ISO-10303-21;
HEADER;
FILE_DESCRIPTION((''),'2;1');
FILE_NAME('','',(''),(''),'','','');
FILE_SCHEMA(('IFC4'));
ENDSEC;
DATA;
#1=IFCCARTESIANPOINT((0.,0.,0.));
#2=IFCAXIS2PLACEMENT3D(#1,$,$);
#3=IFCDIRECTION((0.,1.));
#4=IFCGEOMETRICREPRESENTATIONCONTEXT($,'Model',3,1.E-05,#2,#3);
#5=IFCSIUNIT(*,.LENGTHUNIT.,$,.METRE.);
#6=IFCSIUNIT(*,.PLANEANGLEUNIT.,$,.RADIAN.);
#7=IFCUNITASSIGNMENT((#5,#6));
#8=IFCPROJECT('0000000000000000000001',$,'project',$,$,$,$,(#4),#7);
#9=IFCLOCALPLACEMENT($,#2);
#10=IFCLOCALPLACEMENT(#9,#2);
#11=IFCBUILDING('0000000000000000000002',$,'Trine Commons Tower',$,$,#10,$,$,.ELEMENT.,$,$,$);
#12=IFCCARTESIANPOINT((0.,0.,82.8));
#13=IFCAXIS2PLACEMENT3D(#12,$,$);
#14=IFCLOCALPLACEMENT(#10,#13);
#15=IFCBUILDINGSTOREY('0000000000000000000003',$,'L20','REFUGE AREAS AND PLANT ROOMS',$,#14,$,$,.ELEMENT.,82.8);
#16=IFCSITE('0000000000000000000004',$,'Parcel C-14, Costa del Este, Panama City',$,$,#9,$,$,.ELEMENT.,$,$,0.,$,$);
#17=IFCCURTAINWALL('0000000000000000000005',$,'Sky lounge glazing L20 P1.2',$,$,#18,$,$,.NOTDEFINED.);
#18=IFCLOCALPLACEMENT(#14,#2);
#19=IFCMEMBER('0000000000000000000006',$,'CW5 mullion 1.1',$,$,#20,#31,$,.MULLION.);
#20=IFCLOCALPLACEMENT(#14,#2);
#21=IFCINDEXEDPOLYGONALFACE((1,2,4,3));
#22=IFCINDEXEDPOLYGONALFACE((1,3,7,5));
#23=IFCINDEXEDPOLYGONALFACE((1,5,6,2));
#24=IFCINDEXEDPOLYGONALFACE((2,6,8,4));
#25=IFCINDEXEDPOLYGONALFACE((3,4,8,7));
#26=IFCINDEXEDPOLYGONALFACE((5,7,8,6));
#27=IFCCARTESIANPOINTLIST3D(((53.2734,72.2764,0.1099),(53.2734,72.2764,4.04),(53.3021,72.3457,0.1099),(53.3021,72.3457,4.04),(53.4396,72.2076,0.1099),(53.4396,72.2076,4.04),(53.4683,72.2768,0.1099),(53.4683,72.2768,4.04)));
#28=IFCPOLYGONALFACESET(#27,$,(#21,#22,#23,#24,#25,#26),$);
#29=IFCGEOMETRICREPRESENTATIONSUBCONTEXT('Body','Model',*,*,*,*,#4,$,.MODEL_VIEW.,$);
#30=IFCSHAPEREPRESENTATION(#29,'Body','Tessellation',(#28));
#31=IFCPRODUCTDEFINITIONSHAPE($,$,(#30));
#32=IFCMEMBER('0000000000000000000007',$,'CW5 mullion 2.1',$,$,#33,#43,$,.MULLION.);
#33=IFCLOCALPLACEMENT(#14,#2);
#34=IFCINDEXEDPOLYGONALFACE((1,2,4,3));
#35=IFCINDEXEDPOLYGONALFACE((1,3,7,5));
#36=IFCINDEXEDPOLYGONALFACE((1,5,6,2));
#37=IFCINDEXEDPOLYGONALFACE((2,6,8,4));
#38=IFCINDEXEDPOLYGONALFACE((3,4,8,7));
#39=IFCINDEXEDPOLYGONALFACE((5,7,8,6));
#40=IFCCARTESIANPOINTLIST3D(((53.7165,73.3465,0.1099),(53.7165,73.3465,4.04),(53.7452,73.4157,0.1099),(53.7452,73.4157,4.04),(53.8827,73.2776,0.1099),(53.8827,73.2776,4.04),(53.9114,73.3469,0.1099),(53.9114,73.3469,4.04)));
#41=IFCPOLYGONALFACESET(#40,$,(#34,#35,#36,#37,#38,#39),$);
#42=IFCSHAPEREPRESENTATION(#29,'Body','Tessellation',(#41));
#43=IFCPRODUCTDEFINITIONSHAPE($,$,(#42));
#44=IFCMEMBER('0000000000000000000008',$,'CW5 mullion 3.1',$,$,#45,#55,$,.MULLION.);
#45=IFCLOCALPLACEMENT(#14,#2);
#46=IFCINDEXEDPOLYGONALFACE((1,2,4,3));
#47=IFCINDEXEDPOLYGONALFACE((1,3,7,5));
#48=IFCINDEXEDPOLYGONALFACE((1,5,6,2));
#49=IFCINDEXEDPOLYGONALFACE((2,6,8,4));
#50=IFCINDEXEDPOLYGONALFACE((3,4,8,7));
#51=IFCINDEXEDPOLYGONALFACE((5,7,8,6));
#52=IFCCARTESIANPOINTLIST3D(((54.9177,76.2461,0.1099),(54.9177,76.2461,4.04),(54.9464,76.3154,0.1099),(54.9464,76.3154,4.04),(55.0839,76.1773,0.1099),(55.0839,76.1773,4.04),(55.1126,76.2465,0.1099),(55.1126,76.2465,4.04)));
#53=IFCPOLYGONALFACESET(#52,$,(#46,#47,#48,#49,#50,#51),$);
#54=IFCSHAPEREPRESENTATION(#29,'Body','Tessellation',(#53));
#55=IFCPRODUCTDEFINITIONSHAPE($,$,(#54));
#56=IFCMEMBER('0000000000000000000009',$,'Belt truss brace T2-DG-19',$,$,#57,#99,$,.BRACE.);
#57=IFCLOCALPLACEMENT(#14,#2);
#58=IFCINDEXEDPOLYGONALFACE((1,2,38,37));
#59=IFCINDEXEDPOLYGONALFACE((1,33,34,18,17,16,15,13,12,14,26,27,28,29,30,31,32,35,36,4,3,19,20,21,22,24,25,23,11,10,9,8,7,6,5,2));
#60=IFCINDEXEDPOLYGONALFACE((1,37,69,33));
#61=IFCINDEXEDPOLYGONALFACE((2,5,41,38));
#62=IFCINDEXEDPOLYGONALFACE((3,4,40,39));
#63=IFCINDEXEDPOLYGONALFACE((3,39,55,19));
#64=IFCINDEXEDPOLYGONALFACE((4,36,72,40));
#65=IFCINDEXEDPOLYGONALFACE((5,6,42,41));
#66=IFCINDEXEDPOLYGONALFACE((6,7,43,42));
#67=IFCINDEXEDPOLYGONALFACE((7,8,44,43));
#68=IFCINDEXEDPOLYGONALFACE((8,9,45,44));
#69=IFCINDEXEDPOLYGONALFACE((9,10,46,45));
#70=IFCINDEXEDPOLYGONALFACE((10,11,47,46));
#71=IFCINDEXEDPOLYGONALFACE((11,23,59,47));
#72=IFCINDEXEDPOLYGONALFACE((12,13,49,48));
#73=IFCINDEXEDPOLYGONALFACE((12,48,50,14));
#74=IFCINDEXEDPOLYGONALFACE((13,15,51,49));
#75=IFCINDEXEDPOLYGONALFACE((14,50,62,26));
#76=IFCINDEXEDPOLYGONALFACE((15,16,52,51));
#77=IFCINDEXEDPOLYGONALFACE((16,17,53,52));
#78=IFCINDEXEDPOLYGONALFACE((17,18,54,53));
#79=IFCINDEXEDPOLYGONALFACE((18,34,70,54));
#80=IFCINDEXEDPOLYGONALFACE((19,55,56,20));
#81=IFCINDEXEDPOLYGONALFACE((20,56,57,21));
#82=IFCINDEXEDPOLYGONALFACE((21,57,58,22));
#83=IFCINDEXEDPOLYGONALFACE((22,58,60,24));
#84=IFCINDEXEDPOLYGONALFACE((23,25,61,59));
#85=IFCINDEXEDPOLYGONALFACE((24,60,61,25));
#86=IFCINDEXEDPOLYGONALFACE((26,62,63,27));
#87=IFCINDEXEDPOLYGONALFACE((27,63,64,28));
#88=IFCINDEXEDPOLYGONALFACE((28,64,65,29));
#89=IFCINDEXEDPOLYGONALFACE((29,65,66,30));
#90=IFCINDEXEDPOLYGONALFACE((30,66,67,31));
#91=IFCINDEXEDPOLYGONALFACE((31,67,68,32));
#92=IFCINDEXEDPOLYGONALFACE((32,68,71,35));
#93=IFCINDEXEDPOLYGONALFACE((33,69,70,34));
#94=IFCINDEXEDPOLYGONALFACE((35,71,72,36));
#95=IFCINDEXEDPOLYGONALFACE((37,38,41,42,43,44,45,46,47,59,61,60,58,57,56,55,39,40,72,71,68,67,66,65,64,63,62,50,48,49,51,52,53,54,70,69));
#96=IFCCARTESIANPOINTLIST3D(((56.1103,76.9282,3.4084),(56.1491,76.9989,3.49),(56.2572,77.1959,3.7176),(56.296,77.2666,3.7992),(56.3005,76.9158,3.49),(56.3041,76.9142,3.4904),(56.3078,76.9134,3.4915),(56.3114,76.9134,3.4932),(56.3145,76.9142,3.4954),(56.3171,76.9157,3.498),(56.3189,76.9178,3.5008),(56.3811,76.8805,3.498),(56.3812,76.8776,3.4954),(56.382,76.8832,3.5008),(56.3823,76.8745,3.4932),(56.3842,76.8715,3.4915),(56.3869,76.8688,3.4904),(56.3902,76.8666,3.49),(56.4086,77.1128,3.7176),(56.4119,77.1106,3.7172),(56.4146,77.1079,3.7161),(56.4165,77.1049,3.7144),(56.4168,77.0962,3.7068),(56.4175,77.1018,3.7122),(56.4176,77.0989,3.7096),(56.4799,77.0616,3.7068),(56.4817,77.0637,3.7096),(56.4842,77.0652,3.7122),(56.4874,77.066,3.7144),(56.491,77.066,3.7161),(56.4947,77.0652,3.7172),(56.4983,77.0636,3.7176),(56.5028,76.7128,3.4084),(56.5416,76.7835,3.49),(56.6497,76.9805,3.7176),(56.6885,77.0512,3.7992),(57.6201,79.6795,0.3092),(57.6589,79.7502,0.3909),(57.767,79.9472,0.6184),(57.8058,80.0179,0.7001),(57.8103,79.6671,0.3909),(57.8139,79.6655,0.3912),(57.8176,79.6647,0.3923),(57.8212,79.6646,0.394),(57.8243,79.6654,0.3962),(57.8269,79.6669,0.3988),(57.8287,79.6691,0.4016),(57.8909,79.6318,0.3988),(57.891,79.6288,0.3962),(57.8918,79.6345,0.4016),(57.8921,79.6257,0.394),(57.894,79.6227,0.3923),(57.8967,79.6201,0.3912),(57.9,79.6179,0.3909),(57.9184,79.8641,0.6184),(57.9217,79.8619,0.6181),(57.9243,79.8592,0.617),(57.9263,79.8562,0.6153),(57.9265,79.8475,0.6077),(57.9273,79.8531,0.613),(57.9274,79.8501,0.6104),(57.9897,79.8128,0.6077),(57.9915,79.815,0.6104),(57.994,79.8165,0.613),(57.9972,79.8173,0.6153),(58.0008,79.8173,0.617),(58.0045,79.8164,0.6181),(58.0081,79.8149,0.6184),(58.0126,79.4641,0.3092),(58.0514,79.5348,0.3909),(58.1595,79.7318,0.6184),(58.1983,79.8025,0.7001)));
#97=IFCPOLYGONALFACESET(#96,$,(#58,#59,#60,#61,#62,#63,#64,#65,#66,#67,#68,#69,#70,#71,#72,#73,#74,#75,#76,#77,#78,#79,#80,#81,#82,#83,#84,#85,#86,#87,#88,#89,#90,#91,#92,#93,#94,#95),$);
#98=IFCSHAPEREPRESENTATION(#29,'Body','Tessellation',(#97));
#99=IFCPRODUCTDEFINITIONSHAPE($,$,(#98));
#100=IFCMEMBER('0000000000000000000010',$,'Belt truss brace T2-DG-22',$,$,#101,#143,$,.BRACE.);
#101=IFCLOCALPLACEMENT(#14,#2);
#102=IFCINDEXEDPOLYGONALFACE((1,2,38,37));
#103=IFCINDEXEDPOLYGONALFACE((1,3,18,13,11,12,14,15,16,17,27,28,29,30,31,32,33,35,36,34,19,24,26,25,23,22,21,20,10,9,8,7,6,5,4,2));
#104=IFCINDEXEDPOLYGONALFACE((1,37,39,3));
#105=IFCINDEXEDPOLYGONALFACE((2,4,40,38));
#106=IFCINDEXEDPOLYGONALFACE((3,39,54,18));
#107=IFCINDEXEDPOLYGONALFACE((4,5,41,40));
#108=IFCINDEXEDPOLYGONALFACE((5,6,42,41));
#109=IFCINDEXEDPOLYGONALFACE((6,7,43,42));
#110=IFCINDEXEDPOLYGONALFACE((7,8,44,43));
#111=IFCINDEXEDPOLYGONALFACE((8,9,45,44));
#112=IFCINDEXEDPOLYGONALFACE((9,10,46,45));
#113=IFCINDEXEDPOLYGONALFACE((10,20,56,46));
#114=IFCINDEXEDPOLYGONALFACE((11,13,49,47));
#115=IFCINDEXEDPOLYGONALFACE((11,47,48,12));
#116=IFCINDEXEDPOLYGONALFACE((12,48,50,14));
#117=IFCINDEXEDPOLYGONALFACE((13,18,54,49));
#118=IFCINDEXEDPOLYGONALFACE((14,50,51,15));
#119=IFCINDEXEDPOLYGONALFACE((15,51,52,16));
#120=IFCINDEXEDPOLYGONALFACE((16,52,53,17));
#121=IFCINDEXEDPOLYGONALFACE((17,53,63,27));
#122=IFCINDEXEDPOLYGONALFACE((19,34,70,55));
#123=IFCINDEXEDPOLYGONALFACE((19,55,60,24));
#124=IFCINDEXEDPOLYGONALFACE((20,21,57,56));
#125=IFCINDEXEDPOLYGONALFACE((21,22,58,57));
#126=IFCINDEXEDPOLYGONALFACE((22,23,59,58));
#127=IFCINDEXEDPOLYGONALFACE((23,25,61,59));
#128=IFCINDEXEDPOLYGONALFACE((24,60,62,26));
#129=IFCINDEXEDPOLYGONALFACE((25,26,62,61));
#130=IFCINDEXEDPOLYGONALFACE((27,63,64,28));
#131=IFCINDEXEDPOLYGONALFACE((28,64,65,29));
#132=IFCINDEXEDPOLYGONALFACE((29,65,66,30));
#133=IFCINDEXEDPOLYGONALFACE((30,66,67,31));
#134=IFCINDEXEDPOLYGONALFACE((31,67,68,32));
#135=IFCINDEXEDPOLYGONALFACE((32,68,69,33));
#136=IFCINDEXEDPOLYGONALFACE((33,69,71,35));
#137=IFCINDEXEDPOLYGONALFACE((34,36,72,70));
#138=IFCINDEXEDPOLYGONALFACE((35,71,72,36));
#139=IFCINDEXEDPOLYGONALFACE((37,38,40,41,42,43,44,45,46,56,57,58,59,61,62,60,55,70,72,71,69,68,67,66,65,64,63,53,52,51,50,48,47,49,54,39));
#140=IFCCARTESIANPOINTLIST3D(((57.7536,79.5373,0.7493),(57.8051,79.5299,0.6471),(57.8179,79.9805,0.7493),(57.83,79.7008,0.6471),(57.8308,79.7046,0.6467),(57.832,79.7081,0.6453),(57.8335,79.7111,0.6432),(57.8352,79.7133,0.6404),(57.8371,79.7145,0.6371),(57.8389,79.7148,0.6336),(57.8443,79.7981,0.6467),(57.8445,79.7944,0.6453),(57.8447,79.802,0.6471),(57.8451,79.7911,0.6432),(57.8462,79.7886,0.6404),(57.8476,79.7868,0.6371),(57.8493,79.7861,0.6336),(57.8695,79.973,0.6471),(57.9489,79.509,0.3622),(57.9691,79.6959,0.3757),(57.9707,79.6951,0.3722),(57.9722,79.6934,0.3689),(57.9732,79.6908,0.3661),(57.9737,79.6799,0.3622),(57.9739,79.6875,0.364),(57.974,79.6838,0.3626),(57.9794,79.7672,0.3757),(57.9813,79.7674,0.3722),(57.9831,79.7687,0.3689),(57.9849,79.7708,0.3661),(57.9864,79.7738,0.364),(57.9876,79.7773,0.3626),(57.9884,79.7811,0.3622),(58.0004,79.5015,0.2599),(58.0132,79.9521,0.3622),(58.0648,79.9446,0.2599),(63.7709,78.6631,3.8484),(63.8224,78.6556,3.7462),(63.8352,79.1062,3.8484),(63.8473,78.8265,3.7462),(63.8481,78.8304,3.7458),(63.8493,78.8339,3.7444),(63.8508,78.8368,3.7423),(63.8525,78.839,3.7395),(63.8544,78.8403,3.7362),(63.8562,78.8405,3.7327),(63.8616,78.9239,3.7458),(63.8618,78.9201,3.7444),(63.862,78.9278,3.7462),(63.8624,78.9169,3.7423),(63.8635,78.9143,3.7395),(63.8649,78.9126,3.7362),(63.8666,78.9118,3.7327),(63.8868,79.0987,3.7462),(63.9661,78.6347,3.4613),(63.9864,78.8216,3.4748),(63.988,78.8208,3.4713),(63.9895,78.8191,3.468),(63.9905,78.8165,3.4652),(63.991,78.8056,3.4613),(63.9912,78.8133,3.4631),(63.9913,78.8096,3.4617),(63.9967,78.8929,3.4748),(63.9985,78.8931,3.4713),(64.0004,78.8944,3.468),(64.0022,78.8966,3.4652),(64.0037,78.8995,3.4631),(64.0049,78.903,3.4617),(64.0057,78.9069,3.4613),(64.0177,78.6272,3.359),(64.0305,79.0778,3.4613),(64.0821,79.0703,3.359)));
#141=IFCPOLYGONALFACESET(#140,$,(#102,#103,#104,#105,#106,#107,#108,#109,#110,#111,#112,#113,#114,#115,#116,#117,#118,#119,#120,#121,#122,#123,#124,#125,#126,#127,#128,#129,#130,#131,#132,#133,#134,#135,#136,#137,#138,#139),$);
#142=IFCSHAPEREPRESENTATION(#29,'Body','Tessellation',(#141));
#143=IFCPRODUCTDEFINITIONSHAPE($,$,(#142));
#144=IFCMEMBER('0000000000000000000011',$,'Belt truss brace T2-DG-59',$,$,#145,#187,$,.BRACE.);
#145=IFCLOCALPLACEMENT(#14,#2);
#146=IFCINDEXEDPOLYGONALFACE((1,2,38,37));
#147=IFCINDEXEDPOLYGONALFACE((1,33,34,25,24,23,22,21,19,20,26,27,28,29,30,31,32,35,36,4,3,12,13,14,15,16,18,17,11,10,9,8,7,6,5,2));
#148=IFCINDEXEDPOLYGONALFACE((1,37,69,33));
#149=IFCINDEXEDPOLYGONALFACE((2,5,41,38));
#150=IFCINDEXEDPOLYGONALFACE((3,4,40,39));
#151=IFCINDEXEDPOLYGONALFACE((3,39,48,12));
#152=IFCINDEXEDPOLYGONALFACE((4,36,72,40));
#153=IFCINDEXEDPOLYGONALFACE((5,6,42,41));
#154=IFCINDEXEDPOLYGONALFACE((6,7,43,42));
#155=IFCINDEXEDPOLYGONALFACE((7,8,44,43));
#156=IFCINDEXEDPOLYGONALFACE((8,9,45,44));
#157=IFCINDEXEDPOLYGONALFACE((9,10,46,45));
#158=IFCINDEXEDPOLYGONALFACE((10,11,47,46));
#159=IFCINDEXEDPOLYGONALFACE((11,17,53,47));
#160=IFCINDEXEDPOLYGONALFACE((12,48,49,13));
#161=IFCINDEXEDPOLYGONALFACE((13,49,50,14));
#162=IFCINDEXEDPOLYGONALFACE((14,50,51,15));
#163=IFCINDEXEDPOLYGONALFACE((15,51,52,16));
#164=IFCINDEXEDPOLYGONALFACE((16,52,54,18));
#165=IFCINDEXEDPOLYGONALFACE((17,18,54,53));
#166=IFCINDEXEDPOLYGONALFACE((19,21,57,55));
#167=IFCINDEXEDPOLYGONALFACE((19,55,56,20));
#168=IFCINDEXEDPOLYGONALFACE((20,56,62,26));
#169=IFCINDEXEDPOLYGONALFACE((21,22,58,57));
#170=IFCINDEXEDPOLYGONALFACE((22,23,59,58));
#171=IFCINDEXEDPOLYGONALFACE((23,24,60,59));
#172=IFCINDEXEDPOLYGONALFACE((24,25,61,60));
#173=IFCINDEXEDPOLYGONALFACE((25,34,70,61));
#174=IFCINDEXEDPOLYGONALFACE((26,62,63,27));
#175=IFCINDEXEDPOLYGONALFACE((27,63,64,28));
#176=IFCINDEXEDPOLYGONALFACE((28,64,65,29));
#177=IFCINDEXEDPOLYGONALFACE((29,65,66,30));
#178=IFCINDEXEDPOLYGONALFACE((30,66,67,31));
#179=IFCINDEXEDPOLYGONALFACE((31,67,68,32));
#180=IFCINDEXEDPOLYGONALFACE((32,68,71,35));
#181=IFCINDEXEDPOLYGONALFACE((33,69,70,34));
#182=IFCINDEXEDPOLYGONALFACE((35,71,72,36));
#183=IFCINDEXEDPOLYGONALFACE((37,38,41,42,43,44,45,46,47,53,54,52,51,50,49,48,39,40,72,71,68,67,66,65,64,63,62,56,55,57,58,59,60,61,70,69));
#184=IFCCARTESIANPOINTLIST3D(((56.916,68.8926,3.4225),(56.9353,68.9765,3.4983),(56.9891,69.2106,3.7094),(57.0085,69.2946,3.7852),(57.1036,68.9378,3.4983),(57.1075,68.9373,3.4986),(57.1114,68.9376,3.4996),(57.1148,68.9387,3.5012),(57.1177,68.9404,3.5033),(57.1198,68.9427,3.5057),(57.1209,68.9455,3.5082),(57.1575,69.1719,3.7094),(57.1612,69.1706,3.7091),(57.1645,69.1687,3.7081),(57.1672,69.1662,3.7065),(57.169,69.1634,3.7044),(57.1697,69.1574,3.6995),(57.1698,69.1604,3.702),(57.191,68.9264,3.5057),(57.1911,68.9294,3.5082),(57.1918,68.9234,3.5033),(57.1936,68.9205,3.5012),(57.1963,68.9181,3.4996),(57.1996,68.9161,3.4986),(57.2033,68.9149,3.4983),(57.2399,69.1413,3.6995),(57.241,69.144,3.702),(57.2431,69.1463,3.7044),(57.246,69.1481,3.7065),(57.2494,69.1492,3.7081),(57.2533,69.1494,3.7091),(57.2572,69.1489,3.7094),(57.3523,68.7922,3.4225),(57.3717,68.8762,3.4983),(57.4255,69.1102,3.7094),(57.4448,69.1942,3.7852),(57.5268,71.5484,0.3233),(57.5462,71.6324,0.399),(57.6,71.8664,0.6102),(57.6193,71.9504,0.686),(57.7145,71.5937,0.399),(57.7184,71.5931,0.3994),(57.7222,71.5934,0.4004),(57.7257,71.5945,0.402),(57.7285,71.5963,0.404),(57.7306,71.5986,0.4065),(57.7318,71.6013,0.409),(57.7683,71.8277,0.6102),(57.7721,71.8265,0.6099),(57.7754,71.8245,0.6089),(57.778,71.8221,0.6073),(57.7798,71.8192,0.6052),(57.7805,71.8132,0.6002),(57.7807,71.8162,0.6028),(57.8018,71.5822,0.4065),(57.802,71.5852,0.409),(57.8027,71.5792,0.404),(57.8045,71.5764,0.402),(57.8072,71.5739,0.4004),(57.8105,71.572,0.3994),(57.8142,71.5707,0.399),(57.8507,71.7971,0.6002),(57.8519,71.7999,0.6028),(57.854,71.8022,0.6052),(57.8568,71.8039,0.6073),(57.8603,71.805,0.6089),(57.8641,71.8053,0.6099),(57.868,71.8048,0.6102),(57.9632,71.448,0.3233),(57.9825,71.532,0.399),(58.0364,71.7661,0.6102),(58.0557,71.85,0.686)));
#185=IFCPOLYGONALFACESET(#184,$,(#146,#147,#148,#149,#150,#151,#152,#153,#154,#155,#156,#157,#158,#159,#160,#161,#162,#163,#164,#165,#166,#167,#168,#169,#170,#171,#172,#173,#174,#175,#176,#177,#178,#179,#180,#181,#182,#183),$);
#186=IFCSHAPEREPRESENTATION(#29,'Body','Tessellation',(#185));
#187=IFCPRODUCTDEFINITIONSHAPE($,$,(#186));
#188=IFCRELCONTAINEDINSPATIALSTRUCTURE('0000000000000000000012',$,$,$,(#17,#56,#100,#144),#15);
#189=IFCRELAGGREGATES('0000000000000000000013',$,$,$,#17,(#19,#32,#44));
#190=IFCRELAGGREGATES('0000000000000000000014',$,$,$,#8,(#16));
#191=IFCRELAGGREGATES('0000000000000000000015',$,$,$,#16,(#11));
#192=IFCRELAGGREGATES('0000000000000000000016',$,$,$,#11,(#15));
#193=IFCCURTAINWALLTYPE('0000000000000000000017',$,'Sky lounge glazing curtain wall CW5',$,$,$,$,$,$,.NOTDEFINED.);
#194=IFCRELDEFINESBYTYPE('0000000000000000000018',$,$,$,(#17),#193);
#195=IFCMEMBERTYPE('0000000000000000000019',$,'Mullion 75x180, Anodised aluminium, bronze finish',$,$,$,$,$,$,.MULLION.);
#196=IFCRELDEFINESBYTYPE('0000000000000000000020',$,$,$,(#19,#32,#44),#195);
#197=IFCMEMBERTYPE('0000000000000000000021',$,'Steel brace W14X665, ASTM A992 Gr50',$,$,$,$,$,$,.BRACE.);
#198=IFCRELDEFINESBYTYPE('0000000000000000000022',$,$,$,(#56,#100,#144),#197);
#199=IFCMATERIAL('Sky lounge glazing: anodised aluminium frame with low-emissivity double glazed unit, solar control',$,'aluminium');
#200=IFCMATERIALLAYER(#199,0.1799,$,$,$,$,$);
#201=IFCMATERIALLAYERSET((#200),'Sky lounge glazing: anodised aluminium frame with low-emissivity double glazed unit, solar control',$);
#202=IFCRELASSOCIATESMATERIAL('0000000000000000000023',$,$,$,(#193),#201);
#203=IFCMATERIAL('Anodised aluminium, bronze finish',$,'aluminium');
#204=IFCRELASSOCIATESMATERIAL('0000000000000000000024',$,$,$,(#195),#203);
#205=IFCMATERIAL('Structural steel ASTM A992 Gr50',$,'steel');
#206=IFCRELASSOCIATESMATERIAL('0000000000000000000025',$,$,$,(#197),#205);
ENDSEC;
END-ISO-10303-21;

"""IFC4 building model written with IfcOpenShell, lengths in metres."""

from ifc_helpers import new_model, si_unit, direction, frame, origin, origin_2d, place, context, subcontext, project, spatial, rectangle, i_section, extrude, material, layer, layer_set, material_profile, profile_set, type_object, element, aggregate, save


model = new_model("IFC4")

# Units and contexts
model_context = context("Model", 3, precision=1e-05, world=origin(), true_north=direction((0.0, 1.0)))
body_context = subcontext(model_context, "Body", "Model", "MODEL_VIEW")
ifc_project = project(units=[si_unit("LENGTHUNIT", "METRE"), si_unit("PLANEANGLEUNIT", "RADIAN")], contexts=[model_context])

# Site, building, storey
site_placement = place(None, origin())
site = spatial("IfcSite", under=ifc_project, at=site_placement, Name="Parcel C-14, Costa del Este, Panama City", CompositionType="ELEMENT", RefElevation=0.0)
building_placement = place(site_placement, origin())
building = spatial("IfcBuilding", under=site, at=building_placement, Name="Trine Commons Tower", CompositionType="ELEMENT")
storey_placement = place(building_placement, frame((0.0, 0.0, 82.8)))
storey = spatial("IfcBuildingStorey", under=building, at=storey_placement, Name="L20", Description="REFUGE AREAS AND PLANT ROOMS", CompositionType="ELEMENT", Elevation=82.8)

# Curtain wall, members
ifc_material_1 = material(Name="Sky lounge glazing: anodised aluminium frame with low-emissivity double glazed unit, solar control", Category="aluminium")
ifc_layer_1 = layer(ifc_material_1, 0.1799)
ifc_layer_set_1 = layer_set([ifc_layer_1], Name="Sky lounge glazing: anodised aluminium frame with low-emissivity double glazed unit, solar control")
curtain_wall_type = type_object("IfcCurtainWallType", Name="Sky lounge glazing curtain wall CW5", PredefinedType="NOTDEFINED", material=ifc_layer_set_1)
curtain_wall_placement = place(storey_placement, origin())
curtain_wall = element("IfcCurtainWall", 1, at=curtain_wall_placement, inside=storey, type_object=curtain_wall_type, Name="Sky lounge glazing L20 P1.2", PredefinedType="NOTDEFINED")
ifc_material_2 = material(Name="Anodised aluminium, bronze finish", Category="aluminium")
ifc_material_profile_1 = material_profile(ifc_material_2, rectangle(XDim=0.1799, YDim=0.075, at=origin_2d()), Name="Mullion 75x180")
ifc_profile_set_1 = profile_set([ifc_material_profile_1], Name="Anodised aluminium, bronze finish")
member_type_1 = type_object("IfcMemberType", Name="Mullion 75x180, Anodised aluminium, bronze finish", PredefinedType="MULLION", material=ifc_profile_set_1)
member_1_placement = place(storey_placement, frame((53.3708, 72.2766, 0.1099), z_axis=(0.0, 0.0, 1.0), x_axis=(-0.92388, 0.382683, 0.0)))
member_1 = element("IfcMember", 2, at=member_1_placement, type_object=member_type_1, Name="CW5 mullion 1.1", PredefinedType="MULLION", context=body_context, shape_type="SweptSolid", body=[
    extrude(rectangle(XDim=0.1799, YDim=0.075, at=origin_2d()), origin(), (0.0, 0.0, 1.0), 3.9302),
])
member_2_placement = place(storey_placement, frame((53.814, 73.3467, 0.1099), z_axis=(0.0, 0.0, 1.0), x_axis=(-0.92388, 0.382683, 0.0)))
member_2 = element("IfcMember", 3, at=member_2_placement, type_object=member_type_1, Name="CW5 mullion 2.1", PredefinedType="MULLION", context=body_context, shape_type="SweptSolid", body=[
    extrude(rectangle(XDim=0.1799, YDim=0.075, at=origin_2d()), origin(), (0.0, 0.0, 1.0), 3.9302),
])
member_3_placement = place(storey_placement, frame((55.0151, 76.2463, 0.1099), z_axis=(0.0, 0.0, 1.0), x_axis=(-0.92388, 0.382683, 0.0)))
member_3 = element("IfcMember", 4, at=member_3_placement, type_object=member_type_1, Name="CW5 mullion 3.1", PredefinedType="MULLION", context=body_context, shape_type="SweptSolid", body=[
    extrude(rectangle(XDim=0.1799, YDim=0.075, at=origin_2d()), origin(), (0.0, 0.0, 1.0), 3.9302),
])

# Members
ifc_material_3 = material(Name="Structural steel ASTM A992 Gr50", Category="steel")
ifc_material_profile_2 = material_profile(ifc_material_3, i_section(OverallWidth=0.4478, OverallDepth=0.5493, WebThickness=0.072, FlangeThickness=0.1147, FilletRadius=0.0151, at=origin_2d()), Name="W14X665")
ifc_profile_set_2 = profile_set([ifc_material_profile_2], Name="Structural steel ASTM A992 Gr50")
member_type_2 = type_object("IfcMemberType", Name="Steel brace W14X665, ASTM A992 Gr50", PredefinedType="BRACE", material=ifc_profile_set_2)
member_4_placement = place(storey_placement, frame((57.9092, 79.741, 0.5046), z_axis=(-0.342306, -0.623778, 0.702657), x_axis=(0.876674, -0.481085, 0.0)))
element("IfcMember", 5, at=member_4_placement, inside=storey, type_object=member_type_2, Name="Belt truss brace T2-DG-19", PredefinedType="BRACE", context=body_context, shape_type="SweptSolid", body=[
    extrude(i_section(OverallWidth=0.4478, OverallDepth=0.5493, WebThickness=0.072, FlangeThickness=0.1147, FilletRadius=0.0151, at=origin_2d()), origin(), (0.0, 0.0, 1.0), 4.4106),
])
member_5_placement = place(storey_placement, frame((57.9092, 79.741, 0.5046), z_axis=(0.881693, -0.128103, 0.4541), x_axis=(0.143782, 0.989609, 0.0)))
element("IfcMember", 6, at=member_5_placement, inside=storey, type_object=member_type_2, Name="Belt truss brace T2-DG-22", PredefinedType="BRACE", context=body_context, shape_type="SweptSolid", body=[
    extrude(i_section(OverallWidth=0.4478, OverallDepth=0.5493, WebThickness=0.072, FlangeThickness=0.1147, FilletRadius=0.0151, at=origin_2d()), origin(), (0.0, 0.0, 1.0), 6.8247),
])
member_6_placement = place(storey_placement, frame((57.7913, 71.6992, 0.5046), z_axis=(-0.148017, -0.643535, 0.750968), x_axis=(0.974554, -0.224153, 0.0)))
element("IfcMember", 7, at=member_6_placement, inside=storey, type_object=member_type_2, Name="Belt truss brace T2-DG-59", PredefinedType="BRACE", context=body_context, shape_type="SweptSolid", body=[
    extrude(i_section(OverallWidth=0.4478, OverallDepth=0.5493, WebThickness=0.072, FlangeThickness=0.1147, FilletRadius=0.0151, at=origin_2d()), origin(), (0.0, 0.0, 1.0), 4.127),
])

aggregate(curtain_wall, [member_1, member_2, member_3])

save(model, "model.ifc")
